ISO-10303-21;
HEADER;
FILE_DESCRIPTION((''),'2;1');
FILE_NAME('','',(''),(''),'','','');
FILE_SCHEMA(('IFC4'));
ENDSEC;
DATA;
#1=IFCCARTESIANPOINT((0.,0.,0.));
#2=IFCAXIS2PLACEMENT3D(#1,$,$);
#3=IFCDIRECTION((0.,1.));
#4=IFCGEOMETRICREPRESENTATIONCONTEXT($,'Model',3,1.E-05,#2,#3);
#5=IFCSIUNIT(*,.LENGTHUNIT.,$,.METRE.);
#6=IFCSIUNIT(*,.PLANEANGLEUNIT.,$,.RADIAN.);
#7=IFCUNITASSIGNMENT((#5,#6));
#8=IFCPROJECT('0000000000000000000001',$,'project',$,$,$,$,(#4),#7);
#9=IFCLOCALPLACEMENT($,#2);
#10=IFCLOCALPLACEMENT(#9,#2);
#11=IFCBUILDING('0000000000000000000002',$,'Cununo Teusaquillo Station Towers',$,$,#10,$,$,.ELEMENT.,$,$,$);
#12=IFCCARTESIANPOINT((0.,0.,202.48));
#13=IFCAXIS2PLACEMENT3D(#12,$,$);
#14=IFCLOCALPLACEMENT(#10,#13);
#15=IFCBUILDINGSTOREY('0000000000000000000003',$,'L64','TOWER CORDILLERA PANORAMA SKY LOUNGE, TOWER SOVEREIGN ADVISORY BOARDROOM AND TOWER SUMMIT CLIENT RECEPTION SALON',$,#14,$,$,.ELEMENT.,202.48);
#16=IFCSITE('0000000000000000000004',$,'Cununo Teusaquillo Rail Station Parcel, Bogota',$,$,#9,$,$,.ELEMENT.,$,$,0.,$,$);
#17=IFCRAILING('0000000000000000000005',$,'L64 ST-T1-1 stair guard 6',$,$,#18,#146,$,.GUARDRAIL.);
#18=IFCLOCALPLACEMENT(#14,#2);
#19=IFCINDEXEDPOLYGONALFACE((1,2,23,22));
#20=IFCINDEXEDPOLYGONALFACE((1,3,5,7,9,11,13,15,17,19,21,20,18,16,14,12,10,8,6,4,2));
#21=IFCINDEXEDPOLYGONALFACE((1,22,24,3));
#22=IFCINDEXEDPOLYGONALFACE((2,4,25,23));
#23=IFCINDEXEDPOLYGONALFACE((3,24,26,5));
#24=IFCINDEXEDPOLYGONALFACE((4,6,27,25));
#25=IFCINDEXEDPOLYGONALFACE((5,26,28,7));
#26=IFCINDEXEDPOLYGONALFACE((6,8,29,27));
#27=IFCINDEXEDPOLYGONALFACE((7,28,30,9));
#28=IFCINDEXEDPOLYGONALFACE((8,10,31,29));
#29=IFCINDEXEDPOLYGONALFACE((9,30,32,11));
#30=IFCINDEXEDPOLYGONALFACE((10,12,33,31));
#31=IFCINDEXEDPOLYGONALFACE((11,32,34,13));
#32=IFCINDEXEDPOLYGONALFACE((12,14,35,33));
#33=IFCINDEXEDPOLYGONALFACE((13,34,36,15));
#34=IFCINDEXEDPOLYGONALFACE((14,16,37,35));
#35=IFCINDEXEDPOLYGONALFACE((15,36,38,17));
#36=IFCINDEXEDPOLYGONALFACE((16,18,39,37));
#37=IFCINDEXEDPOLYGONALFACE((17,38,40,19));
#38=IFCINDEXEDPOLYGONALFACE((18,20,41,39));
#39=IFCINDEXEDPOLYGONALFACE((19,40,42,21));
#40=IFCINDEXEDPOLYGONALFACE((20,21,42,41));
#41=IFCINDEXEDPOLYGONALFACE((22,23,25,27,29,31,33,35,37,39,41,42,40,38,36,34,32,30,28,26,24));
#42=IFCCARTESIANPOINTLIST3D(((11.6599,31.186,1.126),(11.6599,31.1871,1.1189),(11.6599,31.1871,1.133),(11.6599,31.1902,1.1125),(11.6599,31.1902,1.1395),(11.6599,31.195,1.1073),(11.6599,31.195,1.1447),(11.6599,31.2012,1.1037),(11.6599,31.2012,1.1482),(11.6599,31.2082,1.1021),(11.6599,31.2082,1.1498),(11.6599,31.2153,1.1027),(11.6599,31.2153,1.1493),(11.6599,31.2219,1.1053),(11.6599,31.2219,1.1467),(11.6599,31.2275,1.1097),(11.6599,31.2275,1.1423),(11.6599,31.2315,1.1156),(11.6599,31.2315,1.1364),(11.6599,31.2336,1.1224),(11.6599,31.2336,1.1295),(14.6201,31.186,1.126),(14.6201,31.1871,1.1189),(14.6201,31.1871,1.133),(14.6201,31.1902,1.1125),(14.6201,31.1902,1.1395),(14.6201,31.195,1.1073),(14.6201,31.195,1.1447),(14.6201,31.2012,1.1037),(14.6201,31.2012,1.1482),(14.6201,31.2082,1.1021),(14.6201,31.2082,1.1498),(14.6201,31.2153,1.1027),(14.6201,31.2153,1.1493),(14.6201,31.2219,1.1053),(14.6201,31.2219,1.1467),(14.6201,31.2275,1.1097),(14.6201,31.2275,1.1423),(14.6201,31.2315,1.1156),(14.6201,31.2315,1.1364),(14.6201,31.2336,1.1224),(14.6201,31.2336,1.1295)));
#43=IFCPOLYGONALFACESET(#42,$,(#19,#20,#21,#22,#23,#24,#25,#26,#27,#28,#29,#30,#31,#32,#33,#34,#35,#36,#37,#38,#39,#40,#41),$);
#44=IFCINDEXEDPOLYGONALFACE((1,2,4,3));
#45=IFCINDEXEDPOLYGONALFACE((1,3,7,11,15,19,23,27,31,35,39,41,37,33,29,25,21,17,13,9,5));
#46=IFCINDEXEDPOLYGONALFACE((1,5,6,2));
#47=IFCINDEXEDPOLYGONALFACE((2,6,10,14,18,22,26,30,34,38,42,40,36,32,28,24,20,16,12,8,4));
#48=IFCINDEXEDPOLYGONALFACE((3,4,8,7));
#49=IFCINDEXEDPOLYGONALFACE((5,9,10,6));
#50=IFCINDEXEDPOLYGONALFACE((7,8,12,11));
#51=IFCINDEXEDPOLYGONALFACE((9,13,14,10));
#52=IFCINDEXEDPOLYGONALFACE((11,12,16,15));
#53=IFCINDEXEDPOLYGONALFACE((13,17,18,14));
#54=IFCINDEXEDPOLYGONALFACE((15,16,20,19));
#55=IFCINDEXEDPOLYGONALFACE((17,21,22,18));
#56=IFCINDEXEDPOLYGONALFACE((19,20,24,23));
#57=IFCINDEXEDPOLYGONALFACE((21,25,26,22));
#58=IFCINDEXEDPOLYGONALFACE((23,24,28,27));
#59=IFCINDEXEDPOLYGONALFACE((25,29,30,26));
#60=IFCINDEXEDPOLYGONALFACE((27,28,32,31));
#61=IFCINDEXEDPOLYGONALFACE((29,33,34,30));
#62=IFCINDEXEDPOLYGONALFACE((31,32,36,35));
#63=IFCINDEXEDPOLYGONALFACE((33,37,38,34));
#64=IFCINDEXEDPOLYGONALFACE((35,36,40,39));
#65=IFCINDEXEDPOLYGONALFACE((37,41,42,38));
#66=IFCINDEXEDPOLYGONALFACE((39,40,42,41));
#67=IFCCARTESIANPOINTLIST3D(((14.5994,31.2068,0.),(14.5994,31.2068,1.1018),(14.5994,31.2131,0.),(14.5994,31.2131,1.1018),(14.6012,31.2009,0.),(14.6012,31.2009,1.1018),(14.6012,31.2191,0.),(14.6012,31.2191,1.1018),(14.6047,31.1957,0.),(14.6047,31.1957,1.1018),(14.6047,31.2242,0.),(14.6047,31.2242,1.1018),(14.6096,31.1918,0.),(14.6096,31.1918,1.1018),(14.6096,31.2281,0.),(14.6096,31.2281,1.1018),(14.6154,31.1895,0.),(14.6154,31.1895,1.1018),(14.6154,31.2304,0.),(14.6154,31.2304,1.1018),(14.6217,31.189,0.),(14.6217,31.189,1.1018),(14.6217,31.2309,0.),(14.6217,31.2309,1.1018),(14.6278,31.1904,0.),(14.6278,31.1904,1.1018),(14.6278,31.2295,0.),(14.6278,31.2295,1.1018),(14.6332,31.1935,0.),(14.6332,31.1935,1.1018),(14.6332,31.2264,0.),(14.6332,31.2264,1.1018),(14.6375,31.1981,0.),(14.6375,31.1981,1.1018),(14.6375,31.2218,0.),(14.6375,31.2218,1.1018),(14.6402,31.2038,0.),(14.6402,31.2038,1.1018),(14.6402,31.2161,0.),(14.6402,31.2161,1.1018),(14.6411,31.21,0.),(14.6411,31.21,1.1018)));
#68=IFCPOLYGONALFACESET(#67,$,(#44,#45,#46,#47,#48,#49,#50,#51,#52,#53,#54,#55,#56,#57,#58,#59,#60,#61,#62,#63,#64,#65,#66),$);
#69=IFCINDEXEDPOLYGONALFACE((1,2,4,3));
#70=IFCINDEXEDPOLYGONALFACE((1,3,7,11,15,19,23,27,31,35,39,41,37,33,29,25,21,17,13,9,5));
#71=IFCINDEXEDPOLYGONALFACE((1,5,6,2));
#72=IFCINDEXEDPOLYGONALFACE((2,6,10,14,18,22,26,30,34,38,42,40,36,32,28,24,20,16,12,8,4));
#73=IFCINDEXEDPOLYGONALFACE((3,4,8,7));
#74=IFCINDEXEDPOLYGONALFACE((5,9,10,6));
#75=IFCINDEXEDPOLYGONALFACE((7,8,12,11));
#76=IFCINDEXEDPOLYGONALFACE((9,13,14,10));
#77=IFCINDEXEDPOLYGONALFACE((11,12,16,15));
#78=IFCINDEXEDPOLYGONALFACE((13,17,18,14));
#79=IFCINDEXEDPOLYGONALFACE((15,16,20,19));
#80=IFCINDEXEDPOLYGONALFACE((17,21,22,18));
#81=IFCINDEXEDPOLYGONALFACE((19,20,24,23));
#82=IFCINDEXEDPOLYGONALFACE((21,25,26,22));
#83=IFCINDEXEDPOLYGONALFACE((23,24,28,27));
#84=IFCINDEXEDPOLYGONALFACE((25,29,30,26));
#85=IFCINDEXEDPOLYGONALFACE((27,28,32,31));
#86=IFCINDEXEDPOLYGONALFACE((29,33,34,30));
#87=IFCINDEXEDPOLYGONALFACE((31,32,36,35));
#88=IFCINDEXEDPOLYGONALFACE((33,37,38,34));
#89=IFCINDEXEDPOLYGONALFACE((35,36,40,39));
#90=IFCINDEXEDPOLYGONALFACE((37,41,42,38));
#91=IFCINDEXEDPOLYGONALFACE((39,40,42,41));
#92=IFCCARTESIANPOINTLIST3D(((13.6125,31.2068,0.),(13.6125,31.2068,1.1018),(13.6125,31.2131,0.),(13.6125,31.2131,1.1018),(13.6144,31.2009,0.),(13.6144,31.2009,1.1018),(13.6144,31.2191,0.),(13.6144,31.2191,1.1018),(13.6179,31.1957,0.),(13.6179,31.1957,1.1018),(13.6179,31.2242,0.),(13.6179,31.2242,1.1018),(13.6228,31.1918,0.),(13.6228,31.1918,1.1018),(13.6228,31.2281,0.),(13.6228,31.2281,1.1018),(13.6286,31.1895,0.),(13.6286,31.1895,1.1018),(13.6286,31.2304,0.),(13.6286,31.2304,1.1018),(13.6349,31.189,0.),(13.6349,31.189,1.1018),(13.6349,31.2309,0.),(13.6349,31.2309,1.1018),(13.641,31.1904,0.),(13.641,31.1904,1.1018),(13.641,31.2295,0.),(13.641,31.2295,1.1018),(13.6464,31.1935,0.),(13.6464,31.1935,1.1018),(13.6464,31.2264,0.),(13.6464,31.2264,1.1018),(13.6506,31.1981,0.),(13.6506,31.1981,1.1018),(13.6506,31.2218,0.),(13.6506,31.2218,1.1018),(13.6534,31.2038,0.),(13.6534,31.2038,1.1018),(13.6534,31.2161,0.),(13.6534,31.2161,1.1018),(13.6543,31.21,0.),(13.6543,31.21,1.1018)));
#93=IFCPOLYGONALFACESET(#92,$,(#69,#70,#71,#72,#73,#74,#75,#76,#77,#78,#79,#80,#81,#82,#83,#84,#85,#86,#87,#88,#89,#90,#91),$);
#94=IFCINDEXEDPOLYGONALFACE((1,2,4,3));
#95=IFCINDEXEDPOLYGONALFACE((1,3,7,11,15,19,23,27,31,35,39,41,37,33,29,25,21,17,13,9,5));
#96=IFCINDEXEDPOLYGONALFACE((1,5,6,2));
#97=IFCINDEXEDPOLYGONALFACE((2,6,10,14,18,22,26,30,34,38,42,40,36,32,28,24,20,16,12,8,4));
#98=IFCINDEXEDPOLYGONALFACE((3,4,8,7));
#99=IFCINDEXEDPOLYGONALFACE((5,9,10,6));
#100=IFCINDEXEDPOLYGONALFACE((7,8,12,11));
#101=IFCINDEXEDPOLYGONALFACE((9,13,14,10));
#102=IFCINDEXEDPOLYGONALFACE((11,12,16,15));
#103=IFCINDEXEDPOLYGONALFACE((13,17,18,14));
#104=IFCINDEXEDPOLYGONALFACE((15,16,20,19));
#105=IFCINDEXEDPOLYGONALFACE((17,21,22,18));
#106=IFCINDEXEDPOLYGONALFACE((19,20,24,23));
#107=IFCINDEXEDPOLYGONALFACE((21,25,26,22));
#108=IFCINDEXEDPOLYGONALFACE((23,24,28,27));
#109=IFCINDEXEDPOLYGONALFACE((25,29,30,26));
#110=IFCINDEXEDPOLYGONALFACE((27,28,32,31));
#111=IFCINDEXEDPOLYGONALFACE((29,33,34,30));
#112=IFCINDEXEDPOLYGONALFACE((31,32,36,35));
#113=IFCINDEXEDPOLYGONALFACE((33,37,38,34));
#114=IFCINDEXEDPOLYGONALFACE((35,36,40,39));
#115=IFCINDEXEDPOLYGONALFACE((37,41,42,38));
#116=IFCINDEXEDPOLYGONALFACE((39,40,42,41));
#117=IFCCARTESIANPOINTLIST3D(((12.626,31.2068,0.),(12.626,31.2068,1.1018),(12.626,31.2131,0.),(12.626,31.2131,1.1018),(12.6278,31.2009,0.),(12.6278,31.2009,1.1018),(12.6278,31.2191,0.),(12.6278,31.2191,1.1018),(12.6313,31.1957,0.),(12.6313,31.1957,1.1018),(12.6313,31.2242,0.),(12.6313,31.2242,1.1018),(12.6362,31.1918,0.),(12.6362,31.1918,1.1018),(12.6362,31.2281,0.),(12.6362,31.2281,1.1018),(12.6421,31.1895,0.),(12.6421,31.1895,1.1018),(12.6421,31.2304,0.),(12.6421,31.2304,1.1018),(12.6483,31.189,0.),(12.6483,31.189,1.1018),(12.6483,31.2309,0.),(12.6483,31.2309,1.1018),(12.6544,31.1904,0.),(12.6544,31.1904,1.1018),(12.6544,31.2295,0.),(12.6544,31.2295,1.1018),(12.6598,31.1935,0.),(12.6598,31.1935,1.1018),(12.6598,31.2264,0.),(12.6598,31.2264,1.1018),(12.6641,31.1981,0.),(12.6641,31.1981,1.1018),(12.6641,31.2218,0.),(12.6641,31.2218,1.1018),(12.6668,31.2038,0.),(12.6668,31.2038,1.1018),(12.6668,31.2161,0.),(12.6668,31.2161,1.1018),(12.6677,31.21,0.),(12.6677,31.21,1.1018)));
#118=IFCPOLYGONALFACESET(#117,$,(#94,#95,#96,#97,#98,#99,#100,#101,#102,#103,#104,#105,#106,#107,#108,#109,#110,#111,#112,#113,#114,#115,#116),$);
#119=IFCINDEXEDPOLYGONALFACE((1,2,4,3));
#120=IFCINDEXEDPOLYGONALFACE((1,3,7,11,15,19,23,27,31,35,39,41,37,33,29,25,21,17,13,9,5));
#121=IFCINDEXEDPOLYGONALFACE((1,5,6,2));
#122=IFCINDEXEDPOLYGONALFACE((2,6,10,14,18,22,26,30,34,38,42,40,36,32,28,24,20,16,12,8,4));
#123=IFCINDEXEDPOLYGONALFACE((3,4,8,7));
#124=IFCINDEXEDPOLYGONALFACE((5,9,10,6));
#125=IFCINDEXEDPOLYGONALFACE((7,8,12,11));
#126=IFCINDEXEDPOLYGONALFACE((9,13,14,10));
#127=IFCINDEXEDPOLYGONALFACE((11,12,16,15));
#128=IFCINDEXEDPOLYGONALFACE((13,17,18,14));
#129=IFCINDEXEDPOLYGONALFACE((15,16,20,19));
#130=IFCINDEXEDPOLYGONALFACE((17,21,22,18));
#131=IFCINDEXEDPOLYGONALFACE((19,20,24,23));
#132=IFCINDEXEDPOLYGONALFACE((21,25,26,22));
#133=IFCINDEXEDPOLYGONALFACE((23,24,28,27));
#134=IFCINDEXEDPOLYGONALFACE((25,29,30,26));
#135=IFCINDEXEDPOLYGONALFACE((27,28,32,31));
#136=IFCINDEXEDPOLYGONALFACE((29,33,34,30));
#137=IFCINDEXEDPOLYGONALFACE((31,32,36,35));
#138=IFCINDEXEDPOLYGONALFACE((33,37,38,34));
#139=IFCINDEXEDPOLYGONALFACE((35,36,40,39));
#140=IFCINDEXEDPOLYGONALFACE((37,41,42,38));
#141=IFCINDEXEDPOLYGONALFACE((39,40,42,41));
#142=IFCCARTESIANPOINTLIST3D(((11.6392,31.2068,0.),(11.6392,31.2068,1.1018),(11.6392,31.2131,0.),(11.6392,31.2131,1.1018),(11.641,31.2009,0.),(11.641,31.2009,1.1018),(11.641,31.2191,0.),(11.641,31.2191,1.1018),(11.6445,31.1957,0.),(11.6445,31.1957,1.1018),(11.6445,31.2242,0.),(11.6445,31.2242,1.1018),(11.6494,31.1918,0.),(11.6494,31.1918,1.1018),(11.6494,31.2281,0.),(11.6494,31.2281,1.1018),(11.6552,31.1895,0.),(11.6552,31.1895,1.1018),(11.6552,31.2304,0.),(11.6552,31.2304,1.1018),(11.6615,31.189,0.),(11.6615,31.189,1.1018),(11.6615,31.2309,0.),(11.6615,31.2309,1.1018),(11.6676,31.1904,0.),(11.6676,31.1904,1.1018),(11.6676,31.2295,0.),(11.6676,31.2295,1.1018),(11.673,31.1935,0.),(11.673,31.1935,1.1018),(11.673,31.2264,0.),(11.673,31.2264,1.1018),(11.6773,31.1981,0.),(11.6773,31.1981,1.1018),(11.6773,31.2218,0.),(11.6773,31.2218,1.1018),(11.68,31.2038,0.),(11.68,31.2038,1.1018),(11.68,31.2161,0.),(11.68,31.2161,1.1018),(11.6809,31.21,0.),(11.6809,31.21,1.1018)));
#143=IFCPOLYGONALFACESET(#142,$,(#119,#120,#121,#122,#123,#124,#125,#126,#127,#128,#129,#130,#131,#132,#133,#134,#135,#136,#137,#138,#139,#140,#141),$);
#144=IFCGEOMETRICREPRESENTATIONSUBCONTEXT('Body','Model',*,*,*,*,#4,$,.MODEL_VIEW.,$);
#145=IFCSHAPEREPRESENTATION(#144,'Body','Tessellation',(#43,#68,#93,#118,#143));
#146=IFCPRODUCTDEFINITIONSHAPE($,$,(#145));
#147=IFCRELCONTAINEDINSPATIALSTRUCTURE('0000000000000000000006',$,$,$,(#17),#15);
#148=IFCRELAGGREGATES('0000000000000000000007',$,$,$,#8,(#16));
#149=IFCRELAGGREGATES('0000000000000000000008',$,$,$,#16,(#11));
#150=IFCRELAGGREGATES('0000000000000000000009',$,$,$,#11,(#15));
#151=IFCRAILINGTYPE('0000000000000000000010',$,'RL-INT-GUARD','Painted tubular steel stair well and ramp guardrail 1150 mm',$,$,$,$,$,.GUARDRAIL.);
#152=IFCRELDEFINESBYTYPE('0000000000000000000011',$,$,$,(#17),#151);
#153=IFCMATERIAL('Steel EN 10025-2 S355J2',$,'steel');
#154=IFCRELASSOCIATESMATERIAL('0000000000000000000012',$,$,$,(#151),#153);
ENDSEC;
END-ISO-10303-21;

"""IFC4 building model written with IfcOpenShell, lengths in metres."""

from ifc_helpers import new_model, si_unit, direction, frame, origin, origin_2d, place, context, subcontext, project, spatial, circle, extrude, material, type_object, element, save


model = new_model("IFC4")

# Units and contexts
model_context = context("Model", 3, precision=1e-05, world=origin(), true_north=direction((0.0, 1.0)))
body_context = subcontext(model_context, "Body", "Model", "MODEL_VIEW")
ifc_project = project(units=[si_unit("LENGTHUNIT", "METRE"), si_unit("PLANEANGLEUNIT", "RADIAN")], contexts=[model_context])

# Site, building, storey
site_placement = place(None, origin())
site = spatial("IfcSite", under=ifc_project, at=site_placement, Name="Cununo Teusaquillo Rail Station Parcel, Bogota", CompositionType="ELEMENT", RefElevation=0.0)
building_placement = place(site_placement, origin())
building = spatial("IfcBuilding", under=site, at=building_placement, Name="Cununo Teusaquillo Station Towers", CompositionType="ELEMENT")
storey_placement = place(building_placement, frame((0.0, 0.0, 202.48)))
storey = spatial("IfcBuildingStorey", under=building, at=storey_placement, Name="L64", Description="TOWER CORDILLERA PANORAMA SKY LOUNGE, TOWER SOVEREIGN ADVISORY BOARDROOM AND TOWER SUMMIT CLIENT RECEPTION SALON", CompositionType="ELEMENT", Elevation=202.48)

# Railing
ifc_material_1 = material(Name="Steel EN 10025-2 S355J2", Category="steel")
railing_type_1 = type_object("IfcRailingType", Name="RL-INT-GUARD", Description="Painted tubular steel stair well and ramp guardrail 1150 mm", PredefinedType="GUARDRAIL", material=ifc_material_1)
railing_1_placement = place(storey_placement, frame((14.6201, 31.21, 0.0)))
element("IfcRailing", 1, at=railing_1_placement, inside=storey, type_object=railing_type_1, Name="L64 ST-T1-1 stair guard 6", PredefinedType="GUARDRAIL", context=body_context, shape_type="SweptSolid", body=[
    extrude(circle(Radius=0.0239, at=origin_2d()), frame((0.0, 0.0, 1.126), z_axis=(-1.0, 0.0, 0.0), x_axis=(0.0, -1.0, 0.0)), (0.0, 0.0, 1.0), 2.9602),
    extrude(circle(Radius=0.021, at=origin_2d()), origin(), (0.0, 0.0, 1.0), 1.1018),
    extrude(circle(Radius=0.021, at=origin_2d()), frame((-0.9868, 0.0, 0.0)), (0.0, 0.0, 1.0), 1.1018),
    extrude(circle(Radius=0.021, at=origin_2d()), frame((-1.9734, 0.0, 0.0)), (0.0, 0.0, 1.0), 1.1018),
    extrude(circle(Radius=0.021, at=origin_2d()), frame((-2.9602, 0.0, 0.0)), (0.0, 0.0, 1.0), 1.1018),
])

save(model, "model.ifc")
